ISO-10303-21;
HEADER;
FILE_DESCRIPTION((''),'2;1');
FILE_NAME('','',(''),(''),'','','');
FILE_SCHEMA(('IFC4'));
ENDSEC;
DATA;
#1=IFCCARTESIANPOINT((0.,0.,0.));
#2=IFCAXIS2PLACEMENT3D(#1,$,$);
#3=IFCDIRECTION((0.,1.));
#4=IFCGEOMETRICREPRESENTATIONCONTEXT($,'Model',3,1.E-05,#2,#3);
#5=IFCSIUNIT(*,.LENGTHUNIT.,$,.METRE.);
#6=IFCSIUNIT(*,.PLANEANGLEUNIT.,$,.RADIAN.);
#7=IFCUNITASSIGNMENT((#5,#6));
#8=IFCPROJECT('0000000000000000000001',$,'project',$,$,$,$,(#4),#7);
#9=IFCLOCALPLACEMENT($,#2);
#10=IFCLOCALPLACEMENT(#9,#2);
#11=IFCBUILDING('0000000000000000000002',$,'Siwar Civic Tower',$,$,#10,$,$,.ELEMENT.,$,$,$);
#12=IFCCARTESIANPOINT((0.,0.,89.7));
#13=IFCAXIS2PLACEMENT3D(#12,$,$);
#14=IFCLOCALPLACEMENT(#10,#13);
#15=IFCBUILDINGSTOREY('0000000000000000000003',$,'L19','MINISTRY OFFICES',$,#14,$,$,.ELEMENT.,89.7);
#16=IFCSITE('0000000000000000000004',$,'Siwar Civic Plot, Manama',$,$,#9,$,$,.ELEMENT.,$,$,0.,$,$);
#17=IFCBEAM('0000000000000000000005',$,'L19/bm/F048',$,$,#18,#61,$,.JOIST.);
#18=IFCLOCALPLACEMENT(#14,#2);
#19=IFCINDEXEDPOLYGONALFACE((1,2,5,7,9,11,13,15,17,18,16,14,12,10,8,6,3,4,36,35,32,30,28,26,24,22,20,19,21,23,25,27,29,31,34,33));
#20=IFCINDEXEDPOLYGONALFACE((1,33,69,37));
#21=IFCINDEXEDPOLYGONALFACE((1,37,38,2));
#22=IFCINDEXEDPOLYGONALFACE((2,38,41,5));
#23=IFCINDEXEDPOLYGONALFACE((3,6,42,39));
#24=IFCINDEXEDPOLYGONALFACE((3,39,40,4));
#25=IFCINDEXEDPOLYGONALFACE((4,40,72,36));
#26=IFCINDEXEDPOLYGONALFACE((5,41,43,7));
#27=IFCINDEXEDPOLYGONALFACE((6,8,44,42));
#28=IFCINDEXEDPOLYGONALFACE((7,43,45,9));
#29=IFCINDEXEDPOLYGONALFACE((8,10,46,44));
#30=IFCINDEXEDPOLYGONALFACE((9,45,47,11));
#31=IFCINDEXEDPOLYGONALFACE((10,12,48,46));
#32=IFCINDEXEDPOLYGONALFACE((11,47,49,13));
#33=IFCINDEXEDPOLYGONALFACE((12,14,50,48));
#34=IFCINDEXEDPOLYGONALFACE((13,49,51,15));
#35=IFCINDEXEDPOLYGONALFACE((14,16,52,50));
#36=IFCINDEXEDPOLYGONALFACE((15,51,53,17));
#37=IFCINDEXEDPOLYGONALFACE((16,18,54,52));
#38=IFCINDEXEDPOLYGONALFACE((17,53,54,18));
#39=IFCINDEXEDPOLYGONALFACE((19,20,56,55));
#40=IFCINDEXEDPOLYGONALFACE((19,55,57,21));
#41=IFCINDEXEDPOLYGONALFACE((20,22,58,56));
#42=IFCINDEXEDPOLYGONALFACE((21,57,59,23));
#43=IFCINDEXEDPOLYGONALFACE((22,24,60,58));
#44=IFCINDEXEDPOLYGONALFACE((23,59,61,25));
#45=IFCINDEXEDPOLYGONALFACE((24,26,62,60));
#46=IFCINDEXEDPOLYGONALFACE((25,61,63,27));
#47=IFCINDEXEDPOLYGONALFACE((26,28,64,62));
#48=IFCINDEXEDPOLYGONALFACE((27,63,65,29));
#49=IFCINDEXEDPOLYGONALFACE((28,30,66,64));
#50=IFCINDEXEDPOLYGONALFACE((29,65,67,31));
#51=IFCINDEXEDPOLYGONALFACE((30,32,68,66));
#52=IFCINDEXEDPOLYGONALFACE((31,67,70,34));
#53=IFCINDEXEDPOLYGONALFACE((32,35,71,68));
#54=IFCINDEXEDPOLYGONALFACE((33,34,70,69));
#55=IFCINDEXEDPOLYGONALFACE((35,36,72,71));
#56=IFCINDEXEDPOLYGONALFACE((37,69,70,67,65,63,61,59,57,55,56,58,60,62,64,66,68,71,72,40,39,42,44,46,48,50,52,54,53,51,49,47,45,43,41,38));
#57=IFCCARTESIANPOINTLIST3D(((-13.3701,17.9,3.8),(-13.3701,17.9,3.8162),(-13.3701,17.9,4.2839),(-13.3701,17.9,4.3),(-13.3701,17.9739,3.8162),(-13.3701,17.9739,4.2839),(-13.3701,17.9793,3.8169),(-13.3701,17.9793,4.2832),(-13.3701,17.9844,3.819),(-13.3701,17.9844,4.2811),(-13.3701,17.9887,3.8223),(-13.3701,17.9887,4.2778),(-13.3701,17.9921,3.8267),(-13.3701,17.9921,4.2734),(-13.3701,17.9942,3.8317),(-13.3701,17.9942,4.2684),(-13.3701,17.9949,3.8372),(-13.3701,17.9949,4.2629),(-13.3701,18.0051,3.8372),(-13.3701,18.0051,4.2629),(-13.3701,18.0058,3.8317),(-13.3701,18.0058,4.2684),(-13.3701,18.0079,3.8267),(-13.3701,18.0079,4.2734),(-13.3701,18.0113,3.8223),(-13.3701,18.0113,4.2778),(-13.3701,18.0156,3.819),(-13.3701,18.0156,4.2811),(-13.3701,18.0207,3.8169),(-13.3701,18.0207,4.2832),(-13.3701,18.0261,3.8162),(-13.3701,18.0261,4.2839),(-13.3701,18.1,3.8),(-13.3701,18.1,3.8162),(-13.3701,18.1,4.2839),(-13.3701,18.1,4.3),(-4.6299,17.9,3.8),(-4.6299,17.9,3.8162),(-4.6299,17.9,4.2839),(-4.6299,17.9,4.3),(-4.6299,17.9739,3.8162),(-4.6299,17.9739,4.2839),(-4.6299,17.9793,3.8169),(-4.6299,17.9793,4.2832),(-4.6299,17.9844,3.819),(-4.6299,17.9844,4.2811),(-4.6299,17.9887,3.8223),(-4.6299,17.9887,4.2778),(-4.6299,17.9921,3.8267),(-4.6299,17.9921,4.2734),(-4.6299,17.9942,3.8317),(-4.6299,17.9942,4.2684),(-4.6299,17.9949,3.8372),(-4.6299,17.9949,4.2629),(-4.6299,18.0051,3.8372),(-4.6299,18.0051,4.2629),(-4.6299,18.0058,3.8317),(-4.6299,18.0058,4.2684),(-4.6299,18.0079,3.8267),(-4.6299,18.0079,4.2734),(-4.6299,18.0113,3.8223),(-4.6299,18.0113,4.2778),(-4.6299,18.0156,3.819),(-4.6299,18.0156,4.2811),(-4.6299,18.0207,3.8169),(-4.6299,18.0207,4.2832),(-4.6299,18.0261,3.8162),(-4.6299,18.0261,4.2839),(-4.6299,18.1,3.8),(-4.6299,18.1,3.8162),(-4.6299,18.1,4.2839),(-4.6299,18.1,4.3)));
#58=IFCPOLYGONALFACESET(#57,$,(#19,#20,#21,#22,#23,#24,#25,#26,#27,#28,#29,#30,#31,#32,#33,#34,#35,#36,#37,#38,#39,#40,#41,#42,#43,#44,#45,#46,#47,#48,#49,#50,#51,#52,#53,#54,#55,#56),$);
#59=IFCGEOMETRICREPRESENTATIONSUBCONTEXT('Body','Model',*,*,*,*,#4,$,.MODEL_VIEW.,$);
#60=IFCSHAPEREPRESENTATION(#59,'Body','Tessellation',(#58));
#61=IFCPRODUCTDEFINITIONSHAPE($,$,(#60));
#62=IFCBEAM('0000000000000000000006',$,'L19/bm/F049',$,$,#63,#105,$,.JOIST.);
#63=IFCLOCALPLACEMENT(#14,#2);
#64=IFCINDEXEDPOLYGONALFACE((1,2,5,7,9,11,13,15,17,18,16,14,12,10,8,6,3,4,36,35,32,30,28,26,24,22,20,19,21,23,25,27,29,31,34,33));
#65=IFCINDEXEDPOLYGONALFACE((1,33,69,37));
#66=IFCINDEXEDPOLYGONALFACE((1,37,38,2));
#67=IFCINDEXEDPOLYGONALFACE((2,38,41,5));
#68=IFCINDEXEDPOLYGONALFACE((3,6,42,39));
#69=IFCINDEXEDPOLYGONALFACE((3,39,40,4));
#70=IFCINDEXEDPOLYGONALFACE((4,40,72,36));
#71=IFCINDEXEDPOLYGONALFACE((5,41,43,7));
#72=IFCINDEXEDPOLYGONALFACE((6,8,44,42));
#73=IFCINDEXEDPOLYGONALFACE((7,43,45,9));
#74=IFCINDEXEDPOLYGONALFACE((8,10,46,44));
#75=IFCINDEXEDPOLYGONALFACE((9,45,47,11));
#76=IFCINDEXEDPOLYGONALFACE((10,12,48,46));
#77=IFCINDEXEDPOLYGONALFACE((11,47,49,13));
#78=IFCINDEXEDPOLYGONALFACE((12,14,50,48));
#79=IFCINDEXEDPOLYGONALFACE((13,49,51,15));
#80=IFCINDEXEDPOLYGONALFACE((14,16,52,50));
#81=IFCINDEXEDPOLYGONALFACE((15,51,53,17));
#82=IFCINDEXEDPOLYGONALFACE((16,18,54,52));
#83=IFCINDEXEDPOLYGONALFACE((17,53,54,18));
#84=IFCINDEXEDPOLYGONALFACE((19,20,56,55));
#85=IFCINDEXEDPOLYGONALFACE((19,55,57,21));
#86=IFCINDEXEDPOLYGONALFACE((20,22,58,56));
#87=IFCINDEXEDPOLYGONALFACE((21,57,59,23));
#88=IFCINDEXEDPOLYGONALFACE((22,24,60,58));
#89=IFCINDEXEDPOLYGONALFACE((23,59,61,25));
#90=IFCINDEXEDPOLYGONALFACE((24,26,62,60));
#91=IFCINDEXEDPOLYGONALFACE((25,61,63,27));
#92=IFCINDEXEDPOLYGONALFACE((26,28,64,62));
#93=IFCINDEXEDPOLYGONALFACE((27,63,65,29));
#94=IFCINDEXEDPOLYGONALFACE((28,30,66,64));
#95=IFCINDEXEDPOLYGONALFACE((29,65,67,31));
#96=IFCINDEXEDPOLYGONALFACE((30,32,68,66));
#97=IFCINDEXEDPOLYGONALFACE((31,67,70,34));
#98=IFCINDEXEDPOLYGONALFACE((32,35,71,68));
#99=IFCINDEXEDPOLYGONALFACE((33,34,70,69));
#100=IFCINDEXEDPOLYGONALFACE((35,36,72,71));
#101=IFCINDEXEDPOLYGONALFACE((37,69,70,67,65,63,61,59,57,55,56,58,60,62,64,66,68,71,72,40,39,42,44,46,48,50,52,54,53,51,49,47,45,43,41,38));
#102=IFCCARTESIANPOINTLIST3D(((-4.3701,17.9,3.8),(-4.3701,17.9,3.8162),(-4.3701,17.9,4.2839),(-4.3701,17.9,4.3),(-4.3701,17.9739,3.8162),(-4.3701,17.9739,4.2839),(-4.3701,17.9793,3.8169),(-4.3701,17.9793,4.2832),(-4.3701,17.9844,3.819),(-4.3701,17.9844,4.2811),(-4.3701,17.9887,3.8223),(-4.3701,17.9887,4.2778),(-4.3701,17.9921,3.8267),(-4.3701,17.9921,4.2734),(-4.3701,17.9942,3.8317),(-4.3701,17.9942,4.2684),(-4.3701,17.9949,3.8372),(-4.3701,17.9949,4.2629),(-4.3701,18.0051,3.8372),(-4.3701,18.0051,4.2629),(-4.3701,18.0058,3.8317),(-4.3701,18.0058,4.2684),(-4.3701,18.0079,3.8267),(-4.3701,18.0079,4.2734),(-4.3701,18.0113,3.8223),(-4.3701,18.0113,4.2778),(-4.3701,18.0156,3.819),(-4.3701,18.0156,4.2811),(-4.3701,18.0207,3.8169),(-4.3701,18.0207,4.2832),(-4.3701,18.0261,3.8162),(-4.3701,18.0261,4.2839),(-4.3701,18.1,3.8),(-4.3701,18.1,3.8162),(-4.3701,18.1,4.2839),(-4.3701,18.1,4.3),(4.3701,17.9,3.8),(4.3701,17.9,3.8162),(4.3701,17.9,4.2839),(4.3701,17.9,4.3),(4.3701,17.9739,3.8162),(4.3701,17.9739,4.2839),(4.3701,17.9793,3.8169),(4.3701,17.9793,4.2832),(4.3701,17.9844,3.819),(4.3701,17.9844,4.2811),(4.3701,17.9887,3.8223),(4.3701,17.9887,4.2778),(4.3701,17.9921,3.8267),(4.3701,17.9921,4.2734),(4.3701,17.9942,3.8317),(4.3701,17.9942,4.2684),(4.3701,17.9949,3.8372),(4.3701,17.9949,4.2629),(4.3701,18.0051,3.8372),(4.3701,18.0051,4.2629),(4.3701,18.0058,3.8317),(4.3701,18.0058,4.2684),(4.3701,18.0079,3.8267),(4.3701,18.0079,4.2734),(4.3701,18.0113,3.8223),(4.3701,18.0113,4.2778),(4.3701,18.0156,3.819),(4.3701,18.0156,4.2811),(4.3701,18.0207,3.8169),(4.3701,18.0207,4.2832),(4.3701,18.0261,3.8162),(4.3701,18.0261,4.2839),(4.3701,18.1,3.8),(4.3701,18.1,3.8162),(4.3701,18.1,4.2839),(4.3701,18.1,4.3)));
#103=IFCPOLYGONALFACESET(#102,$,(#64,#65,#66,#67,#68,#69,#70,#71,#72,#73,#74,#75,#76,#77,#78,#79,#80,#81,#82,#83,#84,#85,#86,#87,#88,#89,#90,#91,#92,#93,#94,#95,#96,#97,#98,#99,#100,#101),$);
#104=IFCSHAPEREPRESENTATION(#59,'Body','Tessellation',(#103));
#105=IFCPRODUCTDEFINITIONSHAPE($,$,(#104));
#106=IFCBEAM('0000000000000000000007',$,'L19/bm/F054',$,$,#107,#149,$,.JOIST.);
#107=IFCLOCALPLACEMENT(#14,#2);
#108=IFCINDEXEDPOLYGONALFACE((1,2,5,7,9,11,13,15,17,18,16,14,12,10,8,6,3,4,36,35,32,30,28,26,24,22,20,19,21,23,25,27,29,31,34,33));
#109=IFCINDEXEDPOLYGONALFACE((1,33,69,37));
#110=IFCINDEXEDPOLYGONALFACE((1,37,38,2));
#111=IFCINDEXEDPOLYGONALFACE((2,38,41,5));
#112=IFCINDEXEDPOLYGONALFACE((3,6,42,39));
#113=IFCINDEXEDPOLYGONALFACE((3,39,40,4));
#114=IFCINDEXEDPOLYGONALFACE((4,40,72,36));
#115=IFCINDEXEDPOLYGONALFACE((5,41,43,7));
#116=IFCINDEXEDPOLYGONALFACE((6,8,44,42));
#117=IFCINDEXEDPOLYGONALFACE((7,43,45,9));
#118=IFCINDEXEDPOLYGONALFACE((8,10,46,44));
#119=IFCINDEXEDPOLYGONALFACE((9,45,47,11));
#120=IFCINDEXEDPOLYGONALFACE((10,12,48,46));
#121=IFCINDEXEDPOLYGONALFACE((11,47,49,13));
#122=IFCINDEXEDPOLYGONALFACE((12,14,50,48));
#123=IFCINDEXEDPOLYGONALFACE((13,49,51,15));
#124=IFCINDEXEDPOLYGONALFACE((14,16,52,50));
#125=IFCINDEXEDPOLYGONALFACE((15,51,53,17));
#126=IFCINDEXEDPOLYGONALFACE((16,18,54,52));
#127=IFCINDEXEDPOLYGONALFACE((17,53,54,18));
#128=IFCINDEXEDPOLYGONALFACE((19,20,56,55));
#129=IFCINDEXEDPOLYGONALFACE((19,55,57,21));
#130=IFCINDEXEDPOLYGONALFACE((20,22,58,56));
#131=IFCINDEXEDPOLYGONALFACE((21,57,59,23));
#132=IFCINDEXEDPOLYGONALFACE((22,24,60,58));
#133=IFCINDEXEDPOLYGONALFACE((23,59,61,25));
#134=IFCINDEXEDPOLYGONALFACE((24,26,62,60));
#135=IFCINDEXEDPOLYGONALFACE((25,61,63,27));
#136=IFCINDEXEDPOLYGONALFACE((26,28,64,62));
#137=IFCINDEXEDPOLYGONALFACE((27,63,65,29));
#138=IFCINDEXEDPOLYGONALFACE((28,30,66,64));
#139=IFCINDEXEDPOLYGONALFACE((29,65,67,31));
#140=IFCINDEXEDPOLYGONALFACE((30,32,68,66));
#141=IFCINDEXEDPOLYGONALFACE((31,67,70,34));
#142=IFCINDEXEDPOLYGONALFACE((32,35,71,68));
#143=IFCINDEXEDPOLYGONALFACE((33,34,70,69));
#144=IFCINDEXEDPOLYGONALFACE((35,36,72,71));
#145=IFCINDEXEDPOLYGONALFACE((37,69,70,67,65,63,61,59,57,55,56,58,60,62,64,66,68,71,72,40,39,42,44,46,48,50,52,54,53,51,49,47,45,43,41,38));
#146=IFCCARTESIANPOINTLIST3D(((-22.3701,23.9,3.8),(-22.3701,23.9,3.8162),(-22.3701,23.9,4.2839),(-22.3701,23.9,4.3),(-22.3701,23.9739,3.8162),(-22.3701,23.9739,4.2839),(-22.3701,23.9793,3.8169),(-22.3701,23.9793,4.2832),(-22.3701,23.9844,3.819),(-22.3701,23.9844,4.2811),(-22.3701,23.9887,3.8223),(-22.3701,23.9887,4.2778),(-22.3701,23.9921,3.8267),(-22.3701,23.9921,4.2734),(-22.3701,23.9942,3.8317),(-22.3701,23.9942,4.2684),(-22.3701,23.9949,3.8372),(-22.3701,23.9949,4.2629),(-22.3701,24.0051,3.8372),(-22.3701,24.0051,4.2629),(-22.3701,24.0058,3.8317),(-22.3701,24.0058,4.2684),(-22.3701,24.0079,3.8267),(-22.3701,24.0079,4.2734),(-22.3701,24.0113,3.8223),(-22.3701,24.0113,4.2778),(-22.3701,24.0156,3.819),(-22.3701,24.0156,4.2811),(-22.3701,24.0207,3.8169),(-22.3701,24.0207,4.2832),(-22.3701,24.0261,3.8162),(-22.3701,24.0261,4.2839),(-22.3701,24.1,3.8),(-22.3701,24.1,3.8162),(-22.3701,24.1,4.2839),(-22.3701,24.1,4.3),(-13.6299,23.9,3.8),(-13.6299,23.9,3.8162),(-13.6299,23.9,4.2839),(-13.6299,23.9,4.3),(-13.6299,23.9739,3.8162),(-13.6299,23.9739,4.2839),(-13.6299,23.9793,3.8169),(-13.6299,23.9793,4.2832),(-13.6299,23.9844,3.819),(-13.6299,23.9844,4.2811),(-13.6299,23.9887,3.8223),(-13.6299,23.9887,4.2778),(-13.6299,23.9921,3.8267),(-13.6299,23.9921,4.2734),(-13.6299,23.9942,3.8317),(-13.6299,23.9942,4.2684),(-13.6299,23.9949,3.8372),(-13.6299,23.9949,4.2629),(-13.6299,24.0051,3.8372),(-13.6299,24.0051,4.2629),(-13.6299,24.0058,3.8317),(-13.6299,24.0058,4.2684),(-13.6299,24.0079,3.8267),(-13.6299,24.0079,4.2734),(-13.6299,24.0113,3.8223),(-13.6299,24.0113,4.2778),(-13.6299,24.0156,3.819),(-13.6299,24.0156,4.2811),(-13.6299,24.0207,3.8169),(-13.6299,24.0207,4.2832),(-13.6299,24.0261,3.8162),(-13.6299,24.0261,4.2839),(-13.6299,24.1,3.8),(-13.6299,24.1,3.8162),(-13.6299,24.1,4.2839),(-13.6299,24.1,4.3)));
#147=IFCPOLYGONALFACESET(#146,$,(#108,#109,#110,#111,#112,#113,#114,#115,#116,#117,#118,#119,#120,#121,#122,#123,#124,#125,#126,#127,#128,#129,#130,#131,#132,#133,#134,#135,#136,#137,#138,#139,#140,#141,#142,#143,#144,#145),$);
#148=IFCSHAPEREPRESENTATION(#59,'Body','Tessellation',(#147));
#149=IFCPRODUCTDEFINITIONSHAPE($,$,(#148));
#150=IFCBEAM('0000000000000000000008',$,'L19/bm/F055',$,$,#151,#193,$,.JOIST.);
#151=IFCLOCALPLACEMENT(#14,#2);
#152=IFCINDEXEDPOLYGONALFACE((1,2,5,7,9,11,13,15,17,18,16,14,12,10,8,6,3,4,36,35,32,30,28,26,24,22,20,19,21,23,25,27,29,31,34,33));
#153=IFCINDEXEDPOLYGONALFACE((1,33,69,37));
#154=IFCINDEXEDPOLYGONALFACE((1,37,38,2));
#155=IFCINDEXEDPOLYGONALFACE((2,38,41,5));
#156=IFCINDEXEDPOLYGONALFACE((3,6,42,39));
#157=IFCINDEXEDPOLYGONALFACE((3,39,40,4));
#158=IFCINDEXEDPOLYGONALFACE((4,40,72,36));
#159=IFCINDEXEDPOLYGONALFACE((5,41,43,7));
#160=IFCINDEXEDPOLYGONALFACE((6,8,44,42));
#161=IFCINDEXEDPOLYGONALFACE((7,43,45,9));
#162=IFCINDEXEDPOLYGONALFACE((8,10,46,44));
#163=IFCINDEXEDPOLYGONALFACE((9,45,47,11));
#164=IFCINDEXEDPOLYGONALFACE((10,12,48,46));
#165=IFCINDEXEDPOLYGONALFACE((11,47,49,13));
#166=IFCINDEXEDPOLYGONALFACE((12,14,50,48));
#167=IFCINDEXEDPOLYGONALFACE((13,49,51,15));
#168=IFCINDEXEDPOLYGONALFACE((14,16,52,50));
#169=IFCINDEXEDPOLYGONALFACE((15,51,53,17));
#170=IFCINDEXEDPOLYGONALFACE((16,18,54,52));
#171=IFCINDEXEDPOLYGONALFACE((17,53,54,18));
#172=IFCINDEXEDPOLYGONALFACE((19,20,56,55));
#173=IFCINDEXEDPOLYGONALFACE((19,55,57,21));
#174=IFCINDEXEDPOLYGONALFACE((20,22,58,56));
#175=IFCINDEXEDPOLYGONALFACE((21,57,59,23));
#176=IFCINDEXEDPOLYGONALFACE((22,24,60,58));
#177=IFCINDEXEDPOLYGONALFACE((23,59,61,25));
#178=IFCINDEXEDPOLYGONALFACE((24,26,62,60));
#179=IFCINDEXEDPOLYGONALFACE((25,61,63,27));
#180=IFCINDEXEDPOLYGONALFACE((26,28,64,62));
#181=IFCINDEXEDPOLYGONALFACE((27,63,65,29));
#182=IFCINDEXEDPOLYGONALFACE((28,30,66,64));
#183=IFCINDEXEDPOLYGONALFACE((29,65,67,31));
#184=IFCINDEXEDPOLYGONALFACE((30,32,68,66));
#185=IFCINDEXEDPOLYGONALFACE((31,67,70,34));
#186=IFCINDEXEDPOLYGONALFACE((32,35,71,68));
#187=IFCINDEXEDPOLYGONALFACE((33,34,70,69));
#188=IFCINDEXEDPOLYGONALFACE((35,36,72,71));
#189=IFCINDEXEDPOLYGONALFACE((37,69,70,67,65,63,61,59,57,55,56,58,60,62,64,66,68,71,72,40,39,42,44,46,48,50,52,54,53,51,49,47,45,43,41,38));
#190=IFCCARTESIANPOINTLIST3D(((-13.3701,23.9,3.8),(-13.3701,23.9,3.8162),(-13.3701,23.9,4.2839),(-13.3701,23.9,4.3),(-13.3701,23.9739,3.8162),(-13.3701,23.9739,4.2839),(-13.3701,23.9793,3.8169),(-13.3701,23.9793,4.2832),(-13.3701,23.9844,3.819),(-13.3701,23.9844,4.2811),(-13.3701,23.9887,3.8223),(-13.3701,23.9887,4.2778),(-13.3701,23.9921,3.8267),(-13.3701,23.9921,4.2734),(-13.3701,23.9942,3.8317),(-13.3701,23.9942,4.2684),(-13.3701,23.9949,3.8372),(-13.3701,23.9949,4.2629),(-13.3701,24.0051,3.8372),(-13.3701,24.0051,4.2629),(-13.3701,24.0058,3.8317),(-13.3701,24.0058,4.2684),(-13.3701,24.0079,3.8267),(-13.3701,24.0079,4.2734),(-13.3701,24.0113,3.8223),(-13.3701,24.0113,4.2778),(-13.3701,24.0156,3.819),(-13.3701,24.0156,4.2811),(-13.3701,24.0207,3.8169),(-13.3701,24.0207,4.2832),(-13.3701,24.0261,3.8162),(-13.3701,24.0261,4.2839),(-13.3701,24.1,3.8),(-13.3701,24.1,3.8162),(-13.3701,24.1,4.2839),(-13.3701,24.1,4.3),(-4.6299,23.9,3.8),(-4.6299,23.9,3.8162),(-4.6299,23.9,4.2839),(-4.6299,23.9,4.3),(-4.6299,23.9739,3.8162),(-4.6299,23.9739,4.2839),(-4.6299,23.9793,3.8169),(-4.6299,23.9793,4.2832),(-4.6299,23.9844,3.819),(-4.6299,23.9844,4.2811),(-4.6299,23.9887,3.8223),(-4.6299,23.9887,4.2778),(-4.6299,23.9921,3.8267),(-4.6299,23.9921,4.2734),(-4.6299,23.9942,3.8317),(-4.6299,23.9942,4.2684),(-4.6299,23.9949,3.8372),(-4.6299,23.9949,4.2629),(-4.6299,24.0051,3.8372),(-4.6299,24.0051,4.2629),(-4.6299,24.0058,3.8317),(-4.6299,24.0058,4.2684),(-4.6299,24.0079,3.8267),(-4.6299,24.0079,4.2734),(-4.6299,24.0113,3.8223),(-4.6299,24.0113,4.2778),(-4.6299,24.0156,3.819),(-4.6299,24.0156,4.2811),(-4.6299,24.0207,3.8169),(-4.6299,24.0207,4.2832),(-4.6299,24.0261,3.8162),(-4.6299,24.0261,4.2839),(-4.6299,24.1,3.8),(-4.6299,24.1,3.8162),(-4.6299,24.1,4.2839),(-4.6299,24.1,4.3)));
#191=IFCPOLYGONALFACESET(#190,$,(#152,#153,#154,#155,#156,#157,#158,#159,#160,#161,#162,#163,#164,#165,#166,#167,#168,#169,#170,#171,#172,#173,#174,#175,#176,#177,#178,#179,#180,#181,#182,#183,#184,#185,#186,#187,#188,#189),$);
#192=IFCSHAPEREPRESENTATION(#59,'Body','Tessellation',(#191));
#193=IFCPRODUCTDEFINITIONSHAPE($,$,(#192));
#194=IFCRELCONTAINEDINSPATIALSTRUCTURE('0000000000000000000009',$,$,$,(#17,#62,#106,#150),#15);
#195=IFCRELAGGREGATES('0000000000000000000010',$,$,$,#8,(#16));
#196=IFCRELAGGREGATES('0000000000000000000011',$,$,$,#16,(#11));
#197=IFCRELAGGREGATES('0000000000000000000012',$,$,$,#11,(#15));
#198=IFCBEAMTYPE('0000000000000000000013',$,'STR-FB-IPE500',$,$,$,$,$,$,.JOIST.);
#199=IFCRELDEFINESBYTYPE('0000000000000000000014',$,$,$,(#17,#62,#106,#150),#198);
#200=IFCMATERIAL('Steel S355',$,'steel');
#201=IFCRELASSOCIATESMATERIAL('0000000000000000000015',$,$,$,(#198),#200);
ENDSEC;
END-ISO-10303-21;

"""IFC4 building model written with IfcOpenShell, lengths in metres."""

from ifc_helpers import new_model, si_unit, direction, frame, origin, origin_2d, place, context, subcontext, project, spatial, i_section, extrude, material, material_profile, profile_set, type_object, element, save


model = new_model("IFC4")

# Units and contexts
model_context = context("Model", 3, precision=1e-05, world=origin(), true_north=direction((0.0, 1.0)))
body_context = subcontext(model_context, "Body", "Model", "MODEL_VIEW")
ifc_project = project(units=[si_unit("LENGTHUNIT", "METRE"), si_unit("PLANEANGLEUNIT", "RADIAN")], contexts=[model_context])

# Site, building, storey
site_placement = place(None, origin())
site = spatial("IfcSite", under=ifc_project, at=site_placement, Name="Siwar Civic Plot, Manama", CompositionType="ELEMENT", RefElevation=0.0)
building_placement = place(site_placement, origin())
building = spatial("IfcBuilding", under=site, at=building_placement, Name="Siwar Civic Tower", CompositionType="ELEMENT")
storey_placement = place(building_placement, frame((0.0, 0.0, 89.7)))
storey = spatial("IfcBuildingStorey", under=building, at=storey_placement, Name="L19", Description="MINISTRY OFFICES", CompositionType="ELEMENT", Elevation=89.7)

# Beams
ifc_material_1 = material(Name="Steel S355", Category="steel")
ifc_material_profile_1 = material_profile(ifc_material_1, i_section(OverallWidth=0.2, OverallDepth=0.5, WebThickness=0.0103, FlangeThickness=0.0161, FilletRadius=0.021, at=origin_2d()), Name="IPE500")
ifc_profile_set_1 = profile_set([ifc_material_profile_1], Name="Steel S355")
beam_type_1 = type_object("IfcBeamType", Name="STR-FB-IPE500", PredefinedType="JOIST", material=ifc_profile_set_1)
for number, where, z_axis, x_axis, name in (
    (1, (-13.3701, 18.0, 4.05), (1.0, 0.0, 0.0), (0.0, 1.0, 0.0), "L19/bm/F048"),
    (2, (-4.3701, 18.0, 4.05), (1.0, 0.0, 0.0), (0.0, 1.0, 0.0), "L19/bm/F049"),
    (3, (-22.3701, 24.0, 4.05), (1.0, 0.0, 0.0), (0.0, 1.0, 0.0), "L19/bm/F054"),
    (4, (-13.3701, 24.0, 4.05), (1.0, 0.0, 0.0), (0.0, 1.0, 0.0), "L19/bm/F055"),
):
    element("IfcBeam", number, at=place(storey_placement, frame(where, z_axis=z_axis, x_axis=x_axis)), inside=storey, type_object=beam_type_1, Name=name, PredefinedType="JOIST", context=body_context, shape_type="SweptSolid", body=[
        extrude(i_section(OverallWidth=0.2, OverallDepth=0.5, WebThickness=0.0103, FlangeThickness=0.0161, FilletRadius=0.021, at=origin_2d()), origin(), (0.0, 0.0, 1.0), 8.7402),
    ])

save(model, "model.ifc")
